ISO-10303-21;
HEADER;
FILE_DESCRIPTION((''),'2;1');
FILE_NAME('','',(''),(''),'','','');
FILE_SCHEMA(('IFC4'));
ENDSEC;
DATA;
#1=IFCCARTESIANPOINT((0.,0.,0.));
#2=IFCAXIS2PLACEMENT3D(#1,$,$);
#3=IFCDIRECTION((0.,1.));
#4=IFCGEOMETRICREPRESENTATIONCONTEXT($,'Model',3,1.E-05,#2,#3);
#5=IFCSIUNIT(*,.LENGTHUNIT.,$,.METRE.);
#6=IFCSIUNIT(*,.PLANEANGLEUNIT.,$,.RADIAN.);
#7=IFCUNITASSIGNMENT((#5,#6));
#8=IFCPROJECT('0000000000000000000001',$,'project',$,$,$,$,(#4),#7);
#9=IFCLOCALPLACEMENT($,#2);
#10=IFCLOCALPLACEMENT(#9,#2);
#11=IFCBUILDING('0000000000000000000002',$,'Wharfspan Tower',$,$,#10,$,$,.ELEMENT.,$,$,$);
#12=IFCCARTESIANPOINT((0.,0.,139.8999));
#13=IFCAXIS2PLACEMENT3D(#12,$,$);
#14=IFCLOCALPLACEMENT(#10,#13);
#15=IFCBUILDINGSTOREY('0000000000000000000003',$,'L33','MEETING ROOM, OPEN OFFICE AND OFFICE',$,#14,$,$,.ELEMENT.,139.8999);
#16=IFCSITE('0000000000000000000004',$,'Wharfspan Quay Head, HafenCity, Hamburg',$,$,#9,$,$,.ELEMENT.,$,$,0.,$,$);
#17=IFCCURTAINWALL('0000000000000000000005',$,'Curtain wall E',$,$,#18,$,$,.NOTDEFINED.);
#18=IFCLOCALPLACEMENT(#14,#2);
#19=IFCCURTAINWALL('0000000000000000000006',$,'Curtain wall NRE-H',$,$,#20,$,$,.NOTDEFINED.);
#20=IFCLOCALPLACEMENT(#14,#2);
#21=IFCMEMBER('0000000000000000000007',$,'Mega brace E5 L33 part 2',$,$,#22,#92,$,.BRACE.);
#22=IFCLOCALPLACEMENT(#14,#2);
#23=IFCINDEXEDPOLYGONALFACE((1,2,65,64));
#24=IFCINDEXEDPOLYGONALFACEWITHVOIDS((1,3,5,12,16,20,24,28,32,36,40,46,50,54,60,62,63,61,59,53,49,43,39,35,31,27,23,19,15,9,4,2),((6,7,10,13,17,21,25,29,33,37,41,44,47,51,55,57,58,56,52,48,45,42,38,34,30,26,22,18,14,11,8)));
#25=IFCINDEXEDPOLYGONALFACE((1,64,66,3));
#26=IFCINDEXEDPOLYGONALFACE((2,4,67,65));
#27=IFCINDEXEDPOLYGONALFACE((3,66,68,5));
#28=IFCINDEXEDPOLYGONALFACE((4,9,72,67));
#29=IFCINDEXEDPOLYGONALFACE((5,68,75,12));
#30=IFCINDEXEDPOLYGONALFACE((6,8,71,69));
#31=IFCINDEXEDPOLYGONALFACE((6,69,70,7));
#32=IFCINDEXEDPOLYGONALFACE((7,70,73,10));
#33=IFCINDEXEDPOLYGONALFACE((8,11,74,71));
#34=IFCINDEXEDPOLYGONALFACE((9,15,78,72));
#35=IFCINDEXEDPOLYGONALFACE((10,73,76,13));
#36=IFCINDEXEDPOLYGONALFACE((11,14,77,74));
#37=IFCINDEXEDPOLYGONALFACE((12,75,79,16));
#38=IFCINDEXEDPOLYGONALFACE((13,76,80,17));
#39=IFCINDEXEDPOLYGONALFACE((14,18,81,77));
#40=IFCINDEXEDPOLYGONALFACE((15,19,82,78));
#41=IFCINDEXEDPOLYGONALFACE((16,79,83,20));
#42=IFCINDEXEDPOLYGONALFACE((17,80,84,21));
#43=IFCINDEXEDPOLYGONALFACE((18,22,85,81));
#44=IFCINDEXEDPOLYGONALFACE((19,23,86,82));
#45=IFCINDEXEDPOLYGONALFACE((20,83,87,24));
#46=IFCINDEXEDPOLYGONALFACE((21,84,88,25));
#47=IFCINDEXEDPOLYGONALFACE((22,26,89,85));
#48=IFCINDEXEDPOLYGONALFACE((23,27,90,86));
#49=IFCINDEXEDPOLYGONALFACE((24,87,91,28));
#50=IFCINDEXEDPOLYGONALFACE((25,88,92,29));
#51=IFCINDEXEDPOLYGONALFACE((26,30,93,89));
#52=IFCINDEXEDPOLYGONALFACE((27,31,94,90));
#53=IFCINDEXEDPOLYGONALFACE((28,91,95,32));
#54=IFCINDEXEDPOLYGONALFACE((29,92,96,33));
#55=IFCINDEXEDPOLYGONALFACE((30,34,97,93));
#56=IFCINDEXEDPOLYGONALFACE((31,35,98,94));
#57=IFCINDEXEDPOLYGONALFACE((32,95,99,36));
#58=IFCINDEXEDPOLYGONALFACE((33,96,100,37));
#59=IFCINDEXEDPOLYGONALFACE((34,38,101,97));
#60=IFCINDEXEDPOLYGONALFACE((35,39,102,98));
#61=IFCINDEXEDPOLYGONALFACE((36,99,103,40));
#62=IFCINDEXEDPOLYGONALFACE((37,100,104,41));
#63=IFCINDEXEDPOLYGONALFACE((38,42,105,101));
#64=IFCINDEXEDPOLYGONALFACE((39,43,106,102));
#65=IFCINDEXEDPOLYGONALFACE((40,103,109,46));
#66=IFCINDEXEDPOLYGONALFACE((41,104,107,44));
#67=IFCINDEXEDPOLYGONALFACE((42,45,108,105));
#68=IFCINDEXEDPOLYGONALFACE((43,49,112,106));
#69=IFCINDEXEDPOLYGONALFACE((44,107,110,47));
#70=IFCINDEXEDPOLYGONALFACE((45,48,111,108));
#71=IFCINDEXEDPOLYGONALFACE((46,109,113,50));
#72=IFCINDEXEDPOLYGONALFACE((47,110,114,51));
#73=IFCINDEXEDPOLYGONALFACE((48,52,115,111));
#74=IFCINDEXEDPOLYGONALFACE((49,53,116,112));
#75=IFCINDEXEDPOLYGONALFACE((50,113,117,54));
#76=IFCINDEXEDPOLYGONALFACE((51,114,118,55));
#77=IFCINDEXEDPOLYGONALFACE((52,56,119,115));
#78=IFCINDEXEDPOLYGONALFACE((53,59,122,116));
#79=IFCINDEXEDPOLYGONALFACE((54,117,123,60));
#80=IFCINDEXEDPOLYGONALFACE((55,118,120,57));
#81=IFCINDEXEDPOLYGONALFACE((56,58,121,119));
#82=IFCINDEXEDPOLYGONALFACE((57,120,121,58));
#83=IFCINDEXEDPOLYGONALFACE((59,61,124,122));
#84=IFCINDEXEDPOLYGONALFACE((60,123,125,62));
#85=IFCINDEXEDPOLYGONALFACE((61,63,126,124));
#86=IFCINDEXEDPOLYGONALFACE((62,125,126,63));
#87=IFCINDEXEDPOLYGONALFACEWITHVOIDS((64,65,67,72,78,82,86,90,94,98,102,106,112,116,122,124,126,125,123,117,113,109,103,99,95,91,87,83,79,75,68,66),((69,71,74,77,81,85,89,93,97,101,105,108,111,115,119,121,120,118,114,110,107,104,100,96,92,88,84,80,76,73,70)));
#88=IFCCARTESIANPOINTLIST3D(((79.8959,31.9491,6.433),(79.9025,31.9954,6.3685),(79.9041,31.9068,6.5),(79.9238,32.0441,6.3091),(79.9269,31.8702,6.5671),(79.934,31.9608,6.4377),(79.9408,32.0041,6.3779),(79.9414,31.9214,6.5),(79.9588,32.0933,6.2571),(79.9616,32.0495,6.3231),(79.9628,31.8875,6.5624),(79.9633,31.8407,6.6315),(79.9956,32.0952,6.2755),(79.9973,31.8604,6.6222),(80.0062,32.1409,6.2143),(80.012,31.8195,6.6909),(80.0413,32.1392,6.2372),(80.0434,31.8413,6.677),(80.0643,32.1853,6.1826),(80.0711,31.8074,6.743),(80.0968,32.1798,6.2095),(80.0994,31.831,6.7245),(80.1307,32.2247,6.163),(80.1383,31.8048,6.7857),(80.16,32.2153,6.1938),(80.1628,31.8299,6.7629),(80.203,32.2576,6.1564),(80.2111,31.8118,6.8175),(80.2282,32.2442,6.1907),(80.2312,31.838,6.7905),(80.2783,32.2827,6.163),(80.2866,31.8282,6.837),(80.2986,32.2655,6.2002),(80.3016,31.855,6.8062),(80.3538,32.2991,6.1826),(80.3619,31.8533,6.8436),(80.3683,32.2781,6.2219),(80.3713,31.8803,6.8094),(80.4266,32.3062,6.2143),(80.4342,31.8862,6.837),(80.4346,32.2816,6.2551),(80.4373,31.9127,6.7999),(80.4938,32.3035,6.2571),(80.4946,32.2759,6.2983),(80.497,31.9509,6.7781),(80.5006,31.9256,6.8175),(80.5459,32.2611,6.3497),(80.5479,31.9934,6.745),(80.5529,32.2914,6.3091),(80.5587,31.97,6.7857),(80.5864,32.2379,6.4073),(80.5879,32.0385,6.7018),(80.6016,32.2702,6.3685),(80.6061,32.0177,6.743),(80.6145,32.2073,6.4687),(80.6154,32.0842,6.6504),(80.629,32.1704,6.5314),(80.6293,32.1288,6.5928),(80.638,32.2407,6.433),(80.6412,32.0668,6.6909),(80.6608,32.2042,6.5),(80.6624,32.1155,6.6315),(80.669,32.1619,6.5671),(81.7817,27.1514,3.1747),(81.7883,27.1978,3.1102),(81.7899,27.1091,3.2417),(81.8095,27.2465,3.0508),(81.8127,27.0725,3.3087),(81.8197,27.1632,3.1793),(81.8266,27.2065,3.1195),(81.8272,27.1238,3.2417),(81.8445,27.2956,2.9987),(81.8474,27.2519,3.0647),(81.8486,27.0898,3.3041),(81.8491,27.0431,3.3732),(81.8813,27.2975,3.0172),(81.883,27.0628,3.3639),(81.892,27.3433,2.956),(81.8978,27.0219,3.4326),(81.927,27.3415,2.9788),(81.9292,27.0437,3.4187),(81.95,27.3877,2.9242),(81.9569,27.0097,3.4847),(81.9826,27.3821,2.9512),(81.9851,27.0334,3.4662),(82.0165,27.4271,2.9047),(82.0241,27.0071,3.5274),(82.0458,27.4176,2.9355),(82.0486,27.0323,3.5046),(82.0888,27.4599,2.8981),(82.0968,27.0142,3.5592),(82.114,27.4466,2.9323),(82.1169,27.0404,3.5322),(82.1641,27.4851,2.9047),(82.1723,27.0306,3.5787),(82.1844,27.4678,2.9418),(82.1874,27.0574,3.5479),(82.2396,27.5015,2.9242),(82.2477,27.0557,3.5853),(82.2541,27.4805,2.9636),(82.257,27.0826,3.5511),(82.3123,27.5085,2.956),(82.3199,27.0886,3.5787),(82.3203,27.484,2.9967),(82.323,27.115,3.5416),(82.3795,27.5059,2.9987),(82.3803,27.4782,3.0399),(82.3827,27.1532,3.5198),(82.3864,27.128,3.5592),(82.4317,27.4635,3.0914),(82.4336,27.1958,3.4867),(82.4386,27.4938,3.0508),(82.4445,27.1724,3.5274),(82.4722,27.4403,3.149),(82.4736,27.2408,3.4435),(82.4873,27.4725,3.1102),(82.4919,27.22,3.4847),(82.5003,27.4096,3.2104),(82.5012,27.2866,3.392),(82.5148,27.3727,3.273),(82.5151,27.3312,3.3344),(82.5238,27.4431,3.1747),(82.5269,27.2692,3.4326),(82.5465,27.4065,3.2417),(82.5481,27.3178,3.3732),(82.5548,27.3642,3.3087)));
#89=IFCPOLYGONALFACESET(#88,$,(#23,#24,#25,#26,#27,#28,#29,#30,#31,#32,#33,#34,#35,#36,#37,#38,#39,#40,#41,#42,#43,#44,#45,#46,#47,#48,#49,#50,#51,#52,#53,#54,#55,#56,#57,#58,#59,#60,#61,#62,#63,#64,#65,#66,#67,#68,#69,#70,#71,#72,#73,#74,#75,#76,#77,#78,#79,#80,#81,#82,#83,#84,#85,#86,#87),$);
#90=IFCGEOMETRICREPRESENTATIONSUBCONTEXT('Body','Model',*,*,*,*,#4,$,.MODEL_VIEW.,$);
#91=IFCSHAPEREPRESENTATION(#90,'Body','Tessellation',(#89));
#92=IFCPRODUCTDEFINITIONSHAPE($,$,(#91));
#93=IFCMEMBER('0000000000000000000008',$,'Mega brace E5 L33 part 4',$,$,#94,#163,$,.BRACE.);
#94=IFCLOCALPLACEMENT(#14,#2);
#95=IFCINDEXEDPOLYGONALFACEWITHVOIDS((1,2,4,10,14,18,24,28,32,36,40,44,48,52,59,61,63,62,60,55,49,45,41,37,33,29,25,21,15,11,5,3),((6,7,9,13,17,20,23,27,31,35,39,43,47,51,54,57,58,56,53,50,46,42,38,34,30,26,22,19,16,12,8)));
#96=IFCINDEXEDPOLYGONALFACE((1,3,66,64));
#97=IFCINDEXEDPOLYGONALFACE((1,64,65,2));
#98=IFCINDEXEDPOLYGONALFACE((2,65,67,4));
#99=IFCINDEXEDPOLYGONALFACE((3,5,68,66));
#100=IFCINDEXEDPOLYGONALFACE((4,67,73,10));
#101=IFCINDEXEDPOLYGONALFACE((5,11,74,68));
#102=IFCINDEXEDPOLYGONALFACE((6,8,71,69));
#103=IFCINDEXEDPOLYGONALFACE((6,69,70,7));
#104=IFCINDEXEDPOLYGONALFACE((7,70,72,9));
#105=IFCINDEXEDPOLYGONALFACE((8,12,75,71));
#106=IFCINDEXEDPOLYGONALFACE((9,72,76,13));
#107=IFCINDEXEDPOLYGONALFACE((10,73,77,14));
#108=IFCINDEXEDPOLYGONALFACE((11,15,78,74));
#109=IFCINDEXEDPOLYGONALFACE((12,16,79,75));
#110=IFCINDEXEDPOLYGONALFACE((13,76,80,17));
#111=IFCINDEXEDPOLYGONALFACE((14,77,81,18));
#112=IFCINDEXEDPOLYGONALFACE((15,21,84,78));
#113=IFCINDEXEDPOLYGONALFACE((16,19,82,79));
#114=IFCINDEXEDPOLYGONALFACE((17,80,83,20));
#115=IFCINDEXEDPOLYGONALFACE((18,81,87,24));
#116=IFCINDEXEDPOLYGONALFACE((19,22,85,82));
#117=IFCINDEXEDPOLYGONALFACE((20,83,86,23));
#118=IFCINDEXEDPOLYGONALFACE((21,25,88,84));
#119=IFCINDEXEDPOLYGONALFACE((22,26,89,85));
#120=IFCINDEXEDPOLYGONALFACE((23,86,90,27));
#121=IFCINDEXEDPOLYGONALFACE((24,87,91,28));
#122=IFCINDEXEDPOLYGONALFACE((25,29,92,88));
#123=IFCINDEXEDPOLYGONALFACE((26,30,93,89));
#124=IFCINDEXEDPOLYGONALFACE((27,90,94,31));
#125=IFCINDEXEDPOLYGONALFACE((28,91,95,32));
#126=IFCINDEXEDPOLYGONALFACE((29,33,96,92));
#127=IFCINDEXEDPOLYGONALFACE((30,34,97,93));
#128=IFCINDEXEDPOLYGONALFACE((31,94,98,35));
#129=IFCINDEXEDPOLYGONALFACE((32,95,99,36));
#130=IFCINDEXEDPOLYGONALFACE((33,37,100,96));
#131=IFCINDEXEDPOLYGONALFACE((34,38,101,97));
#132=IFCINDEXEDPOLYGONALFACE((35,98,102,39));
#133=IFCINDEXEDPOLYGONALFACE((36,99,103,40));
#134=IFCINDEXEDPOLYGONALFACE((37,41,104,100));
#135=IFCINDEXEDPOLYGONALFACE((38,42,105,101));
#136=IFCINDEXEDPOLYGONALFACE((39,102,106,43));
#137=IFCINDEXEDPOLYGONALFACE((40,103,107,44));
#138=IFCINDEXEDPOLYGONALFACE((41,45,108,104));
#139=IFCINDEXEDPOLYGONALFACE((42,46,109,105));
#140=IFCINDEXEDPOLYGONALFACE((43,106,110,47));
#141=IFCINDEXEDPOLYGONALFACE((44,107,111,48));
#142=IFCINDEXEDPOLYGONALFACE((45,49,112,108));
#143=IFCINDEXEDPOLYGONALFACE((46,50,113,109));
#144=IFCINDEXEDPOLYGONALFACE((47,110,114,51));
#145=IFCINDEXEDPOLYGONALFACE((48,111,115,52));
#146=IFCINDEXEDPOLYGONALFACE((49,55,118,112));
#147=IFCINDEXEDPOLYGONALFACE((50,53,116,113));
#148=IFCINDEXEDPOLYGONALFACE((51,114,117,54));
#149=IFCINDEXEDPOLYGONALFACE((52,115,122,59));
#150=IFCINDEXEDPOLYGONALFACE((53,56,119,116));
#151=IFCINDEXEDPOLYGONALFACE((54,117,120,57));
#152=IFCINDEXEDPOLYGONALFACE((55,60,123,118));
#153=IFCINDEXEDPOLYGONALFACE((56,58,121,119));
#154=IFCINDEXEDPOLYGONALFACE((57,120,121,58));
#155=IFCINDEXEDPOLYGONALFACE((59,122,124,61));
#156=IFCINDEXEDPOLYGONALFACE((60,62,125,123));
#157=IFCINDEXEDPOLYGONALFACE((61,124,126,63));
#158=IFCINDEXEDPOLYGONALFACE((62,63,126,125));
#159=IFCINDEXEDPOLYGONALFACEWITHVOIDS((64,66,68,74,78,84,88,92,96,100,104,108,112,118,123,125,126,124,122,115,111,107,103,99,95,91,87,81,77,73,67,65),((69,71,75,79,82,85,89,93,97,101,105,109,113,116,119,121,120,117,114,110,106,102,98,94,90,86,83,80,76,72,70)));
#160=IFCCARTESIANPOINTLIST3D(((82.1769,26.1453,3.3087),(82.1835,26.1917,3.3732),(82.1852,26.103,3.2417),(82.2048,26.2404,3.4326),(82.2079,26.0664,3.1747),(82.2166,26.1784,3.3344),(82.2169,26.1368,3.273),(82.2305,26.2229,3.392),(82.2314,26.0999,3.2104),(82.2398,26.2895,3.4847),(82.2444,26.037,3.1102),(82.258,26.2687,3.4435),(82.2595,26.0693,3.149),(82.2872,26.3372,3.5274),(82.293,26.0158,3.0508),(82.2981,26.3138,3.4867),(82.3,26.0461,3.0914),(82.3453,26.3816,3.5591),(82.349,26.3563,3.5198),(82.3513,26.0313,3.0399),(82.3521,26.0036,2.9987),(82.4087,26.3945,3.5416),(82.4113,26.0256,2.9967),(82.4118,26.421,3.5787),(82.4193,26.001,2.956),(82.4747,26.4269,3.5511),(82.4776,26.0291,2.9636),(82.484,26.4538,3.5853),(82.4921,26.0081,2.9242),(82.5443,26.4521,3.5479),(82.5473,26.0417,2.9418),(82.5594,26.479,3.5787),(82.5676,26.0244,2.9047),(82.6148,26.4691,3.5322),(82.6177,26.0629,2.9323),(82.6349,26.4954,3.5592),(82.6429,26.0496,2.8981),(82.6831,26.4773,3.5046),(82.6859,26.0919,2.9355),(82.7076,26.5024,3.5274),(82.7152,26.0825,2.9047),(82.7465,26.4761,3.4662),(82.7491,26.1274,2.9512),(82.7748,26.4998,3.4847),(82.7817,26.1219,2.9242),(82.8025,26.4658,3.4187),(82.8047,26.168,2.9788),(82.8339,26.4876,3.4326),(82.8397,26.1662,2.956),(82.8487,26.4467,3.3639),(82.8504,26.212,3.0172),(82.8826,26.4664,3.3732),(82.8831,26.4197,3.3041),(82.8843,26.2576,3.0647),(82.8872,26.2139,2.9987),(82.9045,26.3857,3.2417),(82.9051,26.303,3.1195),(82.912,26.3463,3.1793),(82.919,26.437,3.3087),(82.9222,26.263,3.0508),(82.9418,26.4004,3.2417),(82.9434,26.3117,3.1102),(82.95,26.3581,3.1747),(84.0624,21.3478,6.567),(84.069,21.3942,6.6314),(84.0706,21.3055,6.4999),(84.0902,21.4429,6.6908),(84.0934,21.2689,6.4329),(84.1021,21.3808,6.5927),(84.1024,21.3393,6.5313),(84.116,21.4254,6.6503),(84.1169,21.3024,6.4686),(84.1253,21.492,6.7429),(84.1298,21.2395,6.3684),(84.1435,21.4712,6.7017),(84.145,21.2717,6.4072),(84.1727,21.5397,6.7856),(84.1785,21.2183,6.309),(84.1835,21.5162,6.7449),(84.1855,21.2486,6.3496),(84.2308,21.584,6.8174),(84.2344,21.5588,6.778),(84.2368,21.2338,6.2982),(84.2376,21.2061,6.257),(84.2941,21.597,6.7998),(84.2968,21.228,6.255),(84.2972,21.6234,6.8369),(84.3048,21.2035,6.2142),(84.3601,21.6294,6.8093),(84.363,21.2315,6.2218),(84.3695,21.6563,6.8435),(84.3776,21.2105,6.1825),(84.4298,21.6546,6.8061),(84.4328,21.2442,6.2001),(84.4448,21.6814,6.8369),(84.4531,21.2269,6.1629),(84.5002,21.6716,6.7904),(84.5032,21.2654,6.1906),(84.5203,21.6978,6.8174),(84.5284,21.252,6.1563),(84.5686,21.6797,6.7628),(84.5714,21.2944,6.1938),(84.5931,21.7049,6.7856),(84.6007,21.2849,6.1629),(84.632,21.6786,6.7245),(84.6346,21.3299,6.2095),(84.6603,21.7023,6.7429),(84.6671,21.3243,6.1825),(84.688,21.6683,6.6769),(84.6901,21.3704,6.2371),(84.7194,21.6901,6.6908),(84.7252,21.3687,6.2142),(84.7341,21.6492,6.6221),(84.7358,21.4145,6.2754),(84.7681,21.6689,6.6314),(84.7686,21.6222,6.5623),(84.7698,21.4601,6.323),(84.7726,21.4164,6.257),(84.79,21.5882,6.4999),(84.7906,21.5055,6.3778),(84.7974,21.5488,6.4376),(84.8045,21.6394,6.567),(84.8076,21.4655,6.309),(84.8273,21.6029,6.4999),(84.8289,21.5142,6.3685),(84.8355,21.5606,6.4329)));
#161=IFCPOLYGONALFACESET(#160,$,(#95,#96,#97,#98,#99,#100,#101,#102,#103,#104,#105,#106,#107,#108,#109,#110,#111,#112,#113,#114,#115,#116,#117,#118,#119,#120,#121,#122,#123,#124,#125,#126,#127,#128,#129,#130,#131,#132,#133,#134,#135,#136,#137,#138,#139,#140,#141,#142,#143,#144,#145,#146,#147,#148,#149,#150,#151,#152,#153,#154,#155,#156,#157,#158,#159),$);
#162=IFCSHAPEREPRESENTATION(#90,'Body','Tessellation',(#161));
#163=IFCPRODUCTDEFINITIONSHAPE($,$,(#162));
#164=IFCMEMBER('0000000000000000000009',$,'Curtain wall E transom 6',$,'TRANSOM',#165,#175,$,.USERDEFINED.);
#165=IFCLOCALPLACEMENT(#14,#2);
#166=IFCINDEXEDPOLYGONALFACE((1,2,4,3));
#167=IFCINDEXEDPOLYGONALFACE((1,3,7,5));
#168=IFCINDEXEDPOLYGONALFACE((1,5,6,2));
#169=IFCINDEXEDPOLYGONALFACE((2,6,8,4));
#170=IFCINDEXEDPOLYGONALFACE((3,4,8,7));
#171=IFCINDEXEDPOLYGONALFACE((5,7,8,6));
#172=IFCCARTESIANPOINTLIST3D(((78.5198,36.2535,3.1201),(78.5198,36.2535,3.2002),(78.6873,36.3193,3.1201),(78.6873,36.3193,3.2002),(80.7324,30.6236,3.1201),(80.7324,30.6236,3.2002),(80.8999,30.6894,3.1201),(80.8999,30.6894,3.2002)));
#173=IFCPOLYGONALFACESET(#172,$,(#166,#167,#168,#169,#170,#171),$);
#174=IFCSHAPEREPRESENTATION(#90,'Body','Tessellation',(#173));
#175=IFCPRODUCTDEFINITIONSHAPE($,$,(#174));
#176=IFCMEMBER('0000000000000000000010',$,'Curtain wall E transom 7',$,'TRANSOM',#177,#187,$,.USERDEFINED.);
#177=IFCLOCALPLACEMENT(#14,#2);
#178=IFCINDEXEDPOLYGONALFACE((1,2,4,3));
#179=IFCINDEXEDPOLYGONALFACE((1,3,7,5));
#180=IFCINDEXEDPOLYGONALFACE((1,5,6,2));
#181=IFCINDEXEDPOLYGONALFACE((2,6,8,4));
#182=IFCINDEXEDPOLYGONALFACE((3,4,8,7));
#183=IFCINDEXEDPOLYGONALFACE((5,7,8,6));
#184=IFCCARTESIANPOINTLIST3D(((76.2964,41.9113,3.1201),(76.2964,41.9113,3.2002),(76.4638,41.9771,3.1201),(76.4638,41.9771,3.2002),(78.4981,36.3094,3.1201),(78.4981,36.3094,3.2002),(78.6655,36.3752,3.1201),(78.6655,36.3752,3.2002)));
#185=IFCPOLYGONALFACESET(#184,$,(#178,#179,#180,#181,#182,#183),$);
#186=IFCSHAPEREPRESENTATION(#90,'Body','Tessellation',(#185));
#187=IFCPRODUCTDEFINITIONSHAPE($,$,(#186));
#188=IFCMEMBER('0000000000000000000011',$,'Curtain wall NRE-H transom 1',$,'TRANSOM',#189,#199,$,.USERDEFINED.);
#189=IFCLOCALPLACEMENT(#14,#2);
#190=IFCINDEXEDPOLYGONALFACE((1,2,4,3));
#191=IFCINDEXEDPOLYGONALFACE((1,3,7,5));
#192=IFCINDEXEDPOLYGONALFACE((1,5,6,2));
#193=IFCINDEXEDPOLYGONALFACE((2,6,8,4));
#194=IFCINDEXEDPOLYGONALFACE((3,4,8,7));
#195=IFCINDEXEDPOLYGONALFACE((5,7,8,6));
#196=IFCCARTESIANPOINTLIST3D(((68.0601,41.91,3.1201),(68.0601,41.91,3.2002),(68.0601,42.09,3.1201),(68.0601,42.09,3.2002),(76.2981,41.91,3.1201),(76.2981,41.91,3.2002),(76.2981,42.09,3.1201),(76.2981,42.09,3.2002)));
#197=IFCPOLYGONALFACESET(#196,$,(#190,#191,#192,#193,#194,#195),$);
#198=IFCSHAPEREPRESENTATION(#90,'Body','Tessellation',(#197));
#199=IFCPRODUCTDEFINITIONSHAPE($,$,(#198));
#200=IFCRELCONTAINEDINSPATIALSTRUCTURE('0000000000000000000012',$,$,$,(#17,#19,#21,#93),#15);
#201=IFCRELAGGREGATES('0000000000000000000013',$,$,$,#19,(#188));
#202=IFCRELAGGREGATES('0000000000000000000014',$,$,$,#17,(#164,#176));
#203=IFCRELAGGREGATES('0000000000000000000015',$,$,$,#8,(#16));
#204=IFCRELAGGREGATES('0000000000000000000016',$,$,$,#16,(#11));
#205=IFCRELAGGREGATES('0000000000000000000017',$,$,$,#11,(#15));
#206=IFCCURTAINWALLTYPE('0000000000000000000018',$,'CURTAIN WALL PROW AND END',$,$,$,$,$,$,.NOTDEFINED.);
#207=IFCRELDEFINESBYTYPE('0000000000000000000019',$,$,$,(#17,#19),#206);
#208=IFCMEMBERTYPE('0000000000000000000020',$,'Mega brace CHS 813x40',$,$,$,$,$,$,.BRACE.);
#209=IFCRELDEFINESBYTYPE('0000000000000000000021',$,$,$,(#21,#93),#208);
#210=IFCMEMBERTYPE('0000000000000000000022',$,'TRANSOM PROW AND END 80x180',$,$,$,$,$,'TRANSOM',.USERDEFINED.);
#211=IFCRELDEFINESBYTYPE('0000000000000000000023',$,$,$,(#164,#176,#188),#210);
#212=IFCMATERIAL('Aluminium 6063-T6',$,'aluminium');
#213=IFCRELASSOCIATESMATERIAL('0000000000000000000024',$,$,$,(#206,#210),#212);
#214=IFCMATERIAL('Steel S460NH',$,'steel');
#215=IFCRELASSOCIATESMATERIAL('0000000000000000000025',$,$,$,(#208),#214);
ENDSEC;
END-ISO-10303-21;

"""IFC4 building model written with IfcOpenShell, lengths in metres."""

from ifc_helpers import new_model, si_unit, direction, frame, origin, origin_2d, place, context, subcontext, project, spatial, rectangle, hollow_circle, extrude, material, material_profile, profile_set, type_object, element, aggregate, save


model = new_model("IFC4")

# Units and contexts
model_context = context("Model", 3, precision=1e-05, world=origin(), true_north=direction((0.0, 1.0)))
body_context = subcontext(model_context, "Body", "Model", "MODEL_VIEW")
ifc_project = project(units=[si_unit("LENGTHUNIT", "METRE"), si_unit("PLANEANGLEUNIT", "RADIAN")], contexts=[model_context])

# Site, building, storey
site_placement = place(None, origin())
site = spatial("IfcSite", under=ifc_project, at=site_placement, Name="Wharfspan Quay Head, HafenCity, Hamburg", CompositionType="ELEMENT", RefElevation=0.0)
building_placement = place(site_placement, origin())
building = spatial("IfcBuilding", under=site, at=building_placement, Name="Wharfspan Tower", CompositionType="ELEMENT")
storey_placement = place(building_placement, frame((0.0, 0.0, 139.8999)))
storey = spatial("IfcBuildingStorey", under=building, at=storey_placement, Name="L33", Description="MEETING ROOM, OPEN OFFICE AND OFFICE", CompositionType="ELEMENT", Elevation=139.8999)

# Curtain wall
ifc_material_1 = material(Name="Aluminium 6063-T6", Category="aluminium")
curtain_wall_type = type_object("IfcCurtainWallType", Name="CURTAIN WALL PROW AND END", PredefinedType="NOTDEFINED", material=ifc_material_1)
curtain_wall_1_placement = place(storey_placement, origin())
curtain_wall_1 = element("IfcCurtainWall", 1, at=curtain_wall_1_placement, inside=storey, type_object=curtain_wall_type, Name="Curtain wall E", PredefinedType="NOTDEFINED")

# Curtain wall
curtain_wall_2_placement = place(storey_placement, origin())
curtain_wall_2 = element("IfcCurtainWall", 2, at=curtain_wall_2_placement, inside=storey, type_object=curtain_wall_type, Name="Curtain wall NRE-H", PredefinedType="NOTDEFINED")

# Members
ifc_material_2 = material(Name="Steel S460NH", Category="steel")
ifc_material_profile_1 = material_profile(ifc_material_2, hollow_circle(Radius=0.4065, WallThickness=0.04, at=origin_2d()))
ifc_profile_set_1 = profile_set([ifc_material_profile_1], Name="Steel S460NH")
member_type_1 = type_object("IfcMemberType", Name="Mega brace CHS 813x40", PredefinedType="BRACE", material=ifc_profile_set_1)
member_1_placement = place(storey_placement, frame((82.1682, 27.2578, 3.2417), z_axis=(-0.309223, 0.786709, 0.534294), x_axis=(-0.930685, -0.365812, -0.000003)))
element("IfcMember", 3, at=member_1_placement, inside=storey, type_object=member_type_1, Name="Mega brace E5 L33 part 2", PredefinedType="BRACE", context=body_context, shape_type="SweptSolid", body=[
    extrude(hollow_circle(Radius=0.4065, WallThickness=0.04, at=origin_2d()), origin(), (0.0, 0.0, 1.0), 6.0984),
])
member_2_placement = place(storey_placement, frame((82.5635, 26.2517, 3.2417), z_axis=(0.309187, -0.786719, 0.534301), x_axis=(0.930704, 0.365777, 0.000004)))
element("IfcMember", 4, at=member_2_placement, inside=storey, type_object=member_type_1, Name="Mega brace E5 L33 part 4", PredefinedType="BRACE", context=body_context, shape_type="SweptSolid", body=[
    extrude(hollow_circle(Radius=0.4065, WallThickness=0.04, at=origin_2d()), origin(), (0.0, 0.0, 1.0), 6.0981),
])

# Members
ifc_material_profile_2 = material_profile(ifc_material_1, rectangle(XDim=0.1799, YDim=0.0801, at=origin_2d()))
ifc_profile_set_2 = profile_set([ifc_material_profile_2], Name="Aluminium 6063-T6")
member_type_2 = type_object("IfcMemberType", Name="TRANSOM PROW AND END 80x180", ElementType="TRANSOM", PredefinedType="USERDEFINED", material=ifc_profile_set_2)
member_3_placement = place(storey_placement, frame((80.8162, 30.6565, 3.1602), z_axis=(-0.365782, 0.9307, 0.0), x_axis=(-0.9307, -0.365782, 0.0)))
member_3 = element("IfcMember", 5, at=member_3_placement, type_object=member_type_2, Name="Curtain wall E transom 6", ObjectType="TRANSOM", PredefinedType="USERDEFINED", context=body_context, shape_type="SweptSolid", body=[
    extrude(rectangle(XDim=0.1799, YDim=0.0801, at=origin_2d()), origin(), (0.0, 0.0, 1.0), 6.0491),
])
member_4_placement = place(storey_placement, frame((78.5818, 36.3423, 3.1602), z_axis=(-0.365789, 0.930698, 0.0), x_axis=(-0.930698, -0.365789, 0.0)))
member_4 = element("IfcMember", 6, at=member_4_placement, type_object=member_type_2, Name="Curtain wall E transom 7", ObjectType="TRANSOM", PredefinedType="USERDEFINED", context=body_context, shape_type="SweptSolid", body=[
    extrude(rectangle(XDim=0.1799, YDim=0.0801, at=origin_2d()), origin(), (0.0, 0.0, 1.0), 6.019),
])
member_5_placement = place(storey_placement, frame((76.2981, 42.0, 3.1602), z_axis=(-1.0, 0.0, 0.0), x_axis=(0.0, -1.0, 0.0)))
member_5 = element("IfcMember", 7, at=member_5_placement, type_object=member_type_2, Name="Curtain wall NRE-H transom 1", ObjectType="TRANSOM", PredefinedType="USERDEFINED", context=body_context, shape_type="SweptSolid", body=[
    extrude(rectangle(XDim=0.1799, YDim=0.0801, at=origin_2d()), origin(), (0.0, 0.0, 1.0), 8.238),
])

aggregate(curtain_wall_2, [member_5])
aggregate(curtain_wall_1, [member_3, member_4])

save(model, "model.ifc")
